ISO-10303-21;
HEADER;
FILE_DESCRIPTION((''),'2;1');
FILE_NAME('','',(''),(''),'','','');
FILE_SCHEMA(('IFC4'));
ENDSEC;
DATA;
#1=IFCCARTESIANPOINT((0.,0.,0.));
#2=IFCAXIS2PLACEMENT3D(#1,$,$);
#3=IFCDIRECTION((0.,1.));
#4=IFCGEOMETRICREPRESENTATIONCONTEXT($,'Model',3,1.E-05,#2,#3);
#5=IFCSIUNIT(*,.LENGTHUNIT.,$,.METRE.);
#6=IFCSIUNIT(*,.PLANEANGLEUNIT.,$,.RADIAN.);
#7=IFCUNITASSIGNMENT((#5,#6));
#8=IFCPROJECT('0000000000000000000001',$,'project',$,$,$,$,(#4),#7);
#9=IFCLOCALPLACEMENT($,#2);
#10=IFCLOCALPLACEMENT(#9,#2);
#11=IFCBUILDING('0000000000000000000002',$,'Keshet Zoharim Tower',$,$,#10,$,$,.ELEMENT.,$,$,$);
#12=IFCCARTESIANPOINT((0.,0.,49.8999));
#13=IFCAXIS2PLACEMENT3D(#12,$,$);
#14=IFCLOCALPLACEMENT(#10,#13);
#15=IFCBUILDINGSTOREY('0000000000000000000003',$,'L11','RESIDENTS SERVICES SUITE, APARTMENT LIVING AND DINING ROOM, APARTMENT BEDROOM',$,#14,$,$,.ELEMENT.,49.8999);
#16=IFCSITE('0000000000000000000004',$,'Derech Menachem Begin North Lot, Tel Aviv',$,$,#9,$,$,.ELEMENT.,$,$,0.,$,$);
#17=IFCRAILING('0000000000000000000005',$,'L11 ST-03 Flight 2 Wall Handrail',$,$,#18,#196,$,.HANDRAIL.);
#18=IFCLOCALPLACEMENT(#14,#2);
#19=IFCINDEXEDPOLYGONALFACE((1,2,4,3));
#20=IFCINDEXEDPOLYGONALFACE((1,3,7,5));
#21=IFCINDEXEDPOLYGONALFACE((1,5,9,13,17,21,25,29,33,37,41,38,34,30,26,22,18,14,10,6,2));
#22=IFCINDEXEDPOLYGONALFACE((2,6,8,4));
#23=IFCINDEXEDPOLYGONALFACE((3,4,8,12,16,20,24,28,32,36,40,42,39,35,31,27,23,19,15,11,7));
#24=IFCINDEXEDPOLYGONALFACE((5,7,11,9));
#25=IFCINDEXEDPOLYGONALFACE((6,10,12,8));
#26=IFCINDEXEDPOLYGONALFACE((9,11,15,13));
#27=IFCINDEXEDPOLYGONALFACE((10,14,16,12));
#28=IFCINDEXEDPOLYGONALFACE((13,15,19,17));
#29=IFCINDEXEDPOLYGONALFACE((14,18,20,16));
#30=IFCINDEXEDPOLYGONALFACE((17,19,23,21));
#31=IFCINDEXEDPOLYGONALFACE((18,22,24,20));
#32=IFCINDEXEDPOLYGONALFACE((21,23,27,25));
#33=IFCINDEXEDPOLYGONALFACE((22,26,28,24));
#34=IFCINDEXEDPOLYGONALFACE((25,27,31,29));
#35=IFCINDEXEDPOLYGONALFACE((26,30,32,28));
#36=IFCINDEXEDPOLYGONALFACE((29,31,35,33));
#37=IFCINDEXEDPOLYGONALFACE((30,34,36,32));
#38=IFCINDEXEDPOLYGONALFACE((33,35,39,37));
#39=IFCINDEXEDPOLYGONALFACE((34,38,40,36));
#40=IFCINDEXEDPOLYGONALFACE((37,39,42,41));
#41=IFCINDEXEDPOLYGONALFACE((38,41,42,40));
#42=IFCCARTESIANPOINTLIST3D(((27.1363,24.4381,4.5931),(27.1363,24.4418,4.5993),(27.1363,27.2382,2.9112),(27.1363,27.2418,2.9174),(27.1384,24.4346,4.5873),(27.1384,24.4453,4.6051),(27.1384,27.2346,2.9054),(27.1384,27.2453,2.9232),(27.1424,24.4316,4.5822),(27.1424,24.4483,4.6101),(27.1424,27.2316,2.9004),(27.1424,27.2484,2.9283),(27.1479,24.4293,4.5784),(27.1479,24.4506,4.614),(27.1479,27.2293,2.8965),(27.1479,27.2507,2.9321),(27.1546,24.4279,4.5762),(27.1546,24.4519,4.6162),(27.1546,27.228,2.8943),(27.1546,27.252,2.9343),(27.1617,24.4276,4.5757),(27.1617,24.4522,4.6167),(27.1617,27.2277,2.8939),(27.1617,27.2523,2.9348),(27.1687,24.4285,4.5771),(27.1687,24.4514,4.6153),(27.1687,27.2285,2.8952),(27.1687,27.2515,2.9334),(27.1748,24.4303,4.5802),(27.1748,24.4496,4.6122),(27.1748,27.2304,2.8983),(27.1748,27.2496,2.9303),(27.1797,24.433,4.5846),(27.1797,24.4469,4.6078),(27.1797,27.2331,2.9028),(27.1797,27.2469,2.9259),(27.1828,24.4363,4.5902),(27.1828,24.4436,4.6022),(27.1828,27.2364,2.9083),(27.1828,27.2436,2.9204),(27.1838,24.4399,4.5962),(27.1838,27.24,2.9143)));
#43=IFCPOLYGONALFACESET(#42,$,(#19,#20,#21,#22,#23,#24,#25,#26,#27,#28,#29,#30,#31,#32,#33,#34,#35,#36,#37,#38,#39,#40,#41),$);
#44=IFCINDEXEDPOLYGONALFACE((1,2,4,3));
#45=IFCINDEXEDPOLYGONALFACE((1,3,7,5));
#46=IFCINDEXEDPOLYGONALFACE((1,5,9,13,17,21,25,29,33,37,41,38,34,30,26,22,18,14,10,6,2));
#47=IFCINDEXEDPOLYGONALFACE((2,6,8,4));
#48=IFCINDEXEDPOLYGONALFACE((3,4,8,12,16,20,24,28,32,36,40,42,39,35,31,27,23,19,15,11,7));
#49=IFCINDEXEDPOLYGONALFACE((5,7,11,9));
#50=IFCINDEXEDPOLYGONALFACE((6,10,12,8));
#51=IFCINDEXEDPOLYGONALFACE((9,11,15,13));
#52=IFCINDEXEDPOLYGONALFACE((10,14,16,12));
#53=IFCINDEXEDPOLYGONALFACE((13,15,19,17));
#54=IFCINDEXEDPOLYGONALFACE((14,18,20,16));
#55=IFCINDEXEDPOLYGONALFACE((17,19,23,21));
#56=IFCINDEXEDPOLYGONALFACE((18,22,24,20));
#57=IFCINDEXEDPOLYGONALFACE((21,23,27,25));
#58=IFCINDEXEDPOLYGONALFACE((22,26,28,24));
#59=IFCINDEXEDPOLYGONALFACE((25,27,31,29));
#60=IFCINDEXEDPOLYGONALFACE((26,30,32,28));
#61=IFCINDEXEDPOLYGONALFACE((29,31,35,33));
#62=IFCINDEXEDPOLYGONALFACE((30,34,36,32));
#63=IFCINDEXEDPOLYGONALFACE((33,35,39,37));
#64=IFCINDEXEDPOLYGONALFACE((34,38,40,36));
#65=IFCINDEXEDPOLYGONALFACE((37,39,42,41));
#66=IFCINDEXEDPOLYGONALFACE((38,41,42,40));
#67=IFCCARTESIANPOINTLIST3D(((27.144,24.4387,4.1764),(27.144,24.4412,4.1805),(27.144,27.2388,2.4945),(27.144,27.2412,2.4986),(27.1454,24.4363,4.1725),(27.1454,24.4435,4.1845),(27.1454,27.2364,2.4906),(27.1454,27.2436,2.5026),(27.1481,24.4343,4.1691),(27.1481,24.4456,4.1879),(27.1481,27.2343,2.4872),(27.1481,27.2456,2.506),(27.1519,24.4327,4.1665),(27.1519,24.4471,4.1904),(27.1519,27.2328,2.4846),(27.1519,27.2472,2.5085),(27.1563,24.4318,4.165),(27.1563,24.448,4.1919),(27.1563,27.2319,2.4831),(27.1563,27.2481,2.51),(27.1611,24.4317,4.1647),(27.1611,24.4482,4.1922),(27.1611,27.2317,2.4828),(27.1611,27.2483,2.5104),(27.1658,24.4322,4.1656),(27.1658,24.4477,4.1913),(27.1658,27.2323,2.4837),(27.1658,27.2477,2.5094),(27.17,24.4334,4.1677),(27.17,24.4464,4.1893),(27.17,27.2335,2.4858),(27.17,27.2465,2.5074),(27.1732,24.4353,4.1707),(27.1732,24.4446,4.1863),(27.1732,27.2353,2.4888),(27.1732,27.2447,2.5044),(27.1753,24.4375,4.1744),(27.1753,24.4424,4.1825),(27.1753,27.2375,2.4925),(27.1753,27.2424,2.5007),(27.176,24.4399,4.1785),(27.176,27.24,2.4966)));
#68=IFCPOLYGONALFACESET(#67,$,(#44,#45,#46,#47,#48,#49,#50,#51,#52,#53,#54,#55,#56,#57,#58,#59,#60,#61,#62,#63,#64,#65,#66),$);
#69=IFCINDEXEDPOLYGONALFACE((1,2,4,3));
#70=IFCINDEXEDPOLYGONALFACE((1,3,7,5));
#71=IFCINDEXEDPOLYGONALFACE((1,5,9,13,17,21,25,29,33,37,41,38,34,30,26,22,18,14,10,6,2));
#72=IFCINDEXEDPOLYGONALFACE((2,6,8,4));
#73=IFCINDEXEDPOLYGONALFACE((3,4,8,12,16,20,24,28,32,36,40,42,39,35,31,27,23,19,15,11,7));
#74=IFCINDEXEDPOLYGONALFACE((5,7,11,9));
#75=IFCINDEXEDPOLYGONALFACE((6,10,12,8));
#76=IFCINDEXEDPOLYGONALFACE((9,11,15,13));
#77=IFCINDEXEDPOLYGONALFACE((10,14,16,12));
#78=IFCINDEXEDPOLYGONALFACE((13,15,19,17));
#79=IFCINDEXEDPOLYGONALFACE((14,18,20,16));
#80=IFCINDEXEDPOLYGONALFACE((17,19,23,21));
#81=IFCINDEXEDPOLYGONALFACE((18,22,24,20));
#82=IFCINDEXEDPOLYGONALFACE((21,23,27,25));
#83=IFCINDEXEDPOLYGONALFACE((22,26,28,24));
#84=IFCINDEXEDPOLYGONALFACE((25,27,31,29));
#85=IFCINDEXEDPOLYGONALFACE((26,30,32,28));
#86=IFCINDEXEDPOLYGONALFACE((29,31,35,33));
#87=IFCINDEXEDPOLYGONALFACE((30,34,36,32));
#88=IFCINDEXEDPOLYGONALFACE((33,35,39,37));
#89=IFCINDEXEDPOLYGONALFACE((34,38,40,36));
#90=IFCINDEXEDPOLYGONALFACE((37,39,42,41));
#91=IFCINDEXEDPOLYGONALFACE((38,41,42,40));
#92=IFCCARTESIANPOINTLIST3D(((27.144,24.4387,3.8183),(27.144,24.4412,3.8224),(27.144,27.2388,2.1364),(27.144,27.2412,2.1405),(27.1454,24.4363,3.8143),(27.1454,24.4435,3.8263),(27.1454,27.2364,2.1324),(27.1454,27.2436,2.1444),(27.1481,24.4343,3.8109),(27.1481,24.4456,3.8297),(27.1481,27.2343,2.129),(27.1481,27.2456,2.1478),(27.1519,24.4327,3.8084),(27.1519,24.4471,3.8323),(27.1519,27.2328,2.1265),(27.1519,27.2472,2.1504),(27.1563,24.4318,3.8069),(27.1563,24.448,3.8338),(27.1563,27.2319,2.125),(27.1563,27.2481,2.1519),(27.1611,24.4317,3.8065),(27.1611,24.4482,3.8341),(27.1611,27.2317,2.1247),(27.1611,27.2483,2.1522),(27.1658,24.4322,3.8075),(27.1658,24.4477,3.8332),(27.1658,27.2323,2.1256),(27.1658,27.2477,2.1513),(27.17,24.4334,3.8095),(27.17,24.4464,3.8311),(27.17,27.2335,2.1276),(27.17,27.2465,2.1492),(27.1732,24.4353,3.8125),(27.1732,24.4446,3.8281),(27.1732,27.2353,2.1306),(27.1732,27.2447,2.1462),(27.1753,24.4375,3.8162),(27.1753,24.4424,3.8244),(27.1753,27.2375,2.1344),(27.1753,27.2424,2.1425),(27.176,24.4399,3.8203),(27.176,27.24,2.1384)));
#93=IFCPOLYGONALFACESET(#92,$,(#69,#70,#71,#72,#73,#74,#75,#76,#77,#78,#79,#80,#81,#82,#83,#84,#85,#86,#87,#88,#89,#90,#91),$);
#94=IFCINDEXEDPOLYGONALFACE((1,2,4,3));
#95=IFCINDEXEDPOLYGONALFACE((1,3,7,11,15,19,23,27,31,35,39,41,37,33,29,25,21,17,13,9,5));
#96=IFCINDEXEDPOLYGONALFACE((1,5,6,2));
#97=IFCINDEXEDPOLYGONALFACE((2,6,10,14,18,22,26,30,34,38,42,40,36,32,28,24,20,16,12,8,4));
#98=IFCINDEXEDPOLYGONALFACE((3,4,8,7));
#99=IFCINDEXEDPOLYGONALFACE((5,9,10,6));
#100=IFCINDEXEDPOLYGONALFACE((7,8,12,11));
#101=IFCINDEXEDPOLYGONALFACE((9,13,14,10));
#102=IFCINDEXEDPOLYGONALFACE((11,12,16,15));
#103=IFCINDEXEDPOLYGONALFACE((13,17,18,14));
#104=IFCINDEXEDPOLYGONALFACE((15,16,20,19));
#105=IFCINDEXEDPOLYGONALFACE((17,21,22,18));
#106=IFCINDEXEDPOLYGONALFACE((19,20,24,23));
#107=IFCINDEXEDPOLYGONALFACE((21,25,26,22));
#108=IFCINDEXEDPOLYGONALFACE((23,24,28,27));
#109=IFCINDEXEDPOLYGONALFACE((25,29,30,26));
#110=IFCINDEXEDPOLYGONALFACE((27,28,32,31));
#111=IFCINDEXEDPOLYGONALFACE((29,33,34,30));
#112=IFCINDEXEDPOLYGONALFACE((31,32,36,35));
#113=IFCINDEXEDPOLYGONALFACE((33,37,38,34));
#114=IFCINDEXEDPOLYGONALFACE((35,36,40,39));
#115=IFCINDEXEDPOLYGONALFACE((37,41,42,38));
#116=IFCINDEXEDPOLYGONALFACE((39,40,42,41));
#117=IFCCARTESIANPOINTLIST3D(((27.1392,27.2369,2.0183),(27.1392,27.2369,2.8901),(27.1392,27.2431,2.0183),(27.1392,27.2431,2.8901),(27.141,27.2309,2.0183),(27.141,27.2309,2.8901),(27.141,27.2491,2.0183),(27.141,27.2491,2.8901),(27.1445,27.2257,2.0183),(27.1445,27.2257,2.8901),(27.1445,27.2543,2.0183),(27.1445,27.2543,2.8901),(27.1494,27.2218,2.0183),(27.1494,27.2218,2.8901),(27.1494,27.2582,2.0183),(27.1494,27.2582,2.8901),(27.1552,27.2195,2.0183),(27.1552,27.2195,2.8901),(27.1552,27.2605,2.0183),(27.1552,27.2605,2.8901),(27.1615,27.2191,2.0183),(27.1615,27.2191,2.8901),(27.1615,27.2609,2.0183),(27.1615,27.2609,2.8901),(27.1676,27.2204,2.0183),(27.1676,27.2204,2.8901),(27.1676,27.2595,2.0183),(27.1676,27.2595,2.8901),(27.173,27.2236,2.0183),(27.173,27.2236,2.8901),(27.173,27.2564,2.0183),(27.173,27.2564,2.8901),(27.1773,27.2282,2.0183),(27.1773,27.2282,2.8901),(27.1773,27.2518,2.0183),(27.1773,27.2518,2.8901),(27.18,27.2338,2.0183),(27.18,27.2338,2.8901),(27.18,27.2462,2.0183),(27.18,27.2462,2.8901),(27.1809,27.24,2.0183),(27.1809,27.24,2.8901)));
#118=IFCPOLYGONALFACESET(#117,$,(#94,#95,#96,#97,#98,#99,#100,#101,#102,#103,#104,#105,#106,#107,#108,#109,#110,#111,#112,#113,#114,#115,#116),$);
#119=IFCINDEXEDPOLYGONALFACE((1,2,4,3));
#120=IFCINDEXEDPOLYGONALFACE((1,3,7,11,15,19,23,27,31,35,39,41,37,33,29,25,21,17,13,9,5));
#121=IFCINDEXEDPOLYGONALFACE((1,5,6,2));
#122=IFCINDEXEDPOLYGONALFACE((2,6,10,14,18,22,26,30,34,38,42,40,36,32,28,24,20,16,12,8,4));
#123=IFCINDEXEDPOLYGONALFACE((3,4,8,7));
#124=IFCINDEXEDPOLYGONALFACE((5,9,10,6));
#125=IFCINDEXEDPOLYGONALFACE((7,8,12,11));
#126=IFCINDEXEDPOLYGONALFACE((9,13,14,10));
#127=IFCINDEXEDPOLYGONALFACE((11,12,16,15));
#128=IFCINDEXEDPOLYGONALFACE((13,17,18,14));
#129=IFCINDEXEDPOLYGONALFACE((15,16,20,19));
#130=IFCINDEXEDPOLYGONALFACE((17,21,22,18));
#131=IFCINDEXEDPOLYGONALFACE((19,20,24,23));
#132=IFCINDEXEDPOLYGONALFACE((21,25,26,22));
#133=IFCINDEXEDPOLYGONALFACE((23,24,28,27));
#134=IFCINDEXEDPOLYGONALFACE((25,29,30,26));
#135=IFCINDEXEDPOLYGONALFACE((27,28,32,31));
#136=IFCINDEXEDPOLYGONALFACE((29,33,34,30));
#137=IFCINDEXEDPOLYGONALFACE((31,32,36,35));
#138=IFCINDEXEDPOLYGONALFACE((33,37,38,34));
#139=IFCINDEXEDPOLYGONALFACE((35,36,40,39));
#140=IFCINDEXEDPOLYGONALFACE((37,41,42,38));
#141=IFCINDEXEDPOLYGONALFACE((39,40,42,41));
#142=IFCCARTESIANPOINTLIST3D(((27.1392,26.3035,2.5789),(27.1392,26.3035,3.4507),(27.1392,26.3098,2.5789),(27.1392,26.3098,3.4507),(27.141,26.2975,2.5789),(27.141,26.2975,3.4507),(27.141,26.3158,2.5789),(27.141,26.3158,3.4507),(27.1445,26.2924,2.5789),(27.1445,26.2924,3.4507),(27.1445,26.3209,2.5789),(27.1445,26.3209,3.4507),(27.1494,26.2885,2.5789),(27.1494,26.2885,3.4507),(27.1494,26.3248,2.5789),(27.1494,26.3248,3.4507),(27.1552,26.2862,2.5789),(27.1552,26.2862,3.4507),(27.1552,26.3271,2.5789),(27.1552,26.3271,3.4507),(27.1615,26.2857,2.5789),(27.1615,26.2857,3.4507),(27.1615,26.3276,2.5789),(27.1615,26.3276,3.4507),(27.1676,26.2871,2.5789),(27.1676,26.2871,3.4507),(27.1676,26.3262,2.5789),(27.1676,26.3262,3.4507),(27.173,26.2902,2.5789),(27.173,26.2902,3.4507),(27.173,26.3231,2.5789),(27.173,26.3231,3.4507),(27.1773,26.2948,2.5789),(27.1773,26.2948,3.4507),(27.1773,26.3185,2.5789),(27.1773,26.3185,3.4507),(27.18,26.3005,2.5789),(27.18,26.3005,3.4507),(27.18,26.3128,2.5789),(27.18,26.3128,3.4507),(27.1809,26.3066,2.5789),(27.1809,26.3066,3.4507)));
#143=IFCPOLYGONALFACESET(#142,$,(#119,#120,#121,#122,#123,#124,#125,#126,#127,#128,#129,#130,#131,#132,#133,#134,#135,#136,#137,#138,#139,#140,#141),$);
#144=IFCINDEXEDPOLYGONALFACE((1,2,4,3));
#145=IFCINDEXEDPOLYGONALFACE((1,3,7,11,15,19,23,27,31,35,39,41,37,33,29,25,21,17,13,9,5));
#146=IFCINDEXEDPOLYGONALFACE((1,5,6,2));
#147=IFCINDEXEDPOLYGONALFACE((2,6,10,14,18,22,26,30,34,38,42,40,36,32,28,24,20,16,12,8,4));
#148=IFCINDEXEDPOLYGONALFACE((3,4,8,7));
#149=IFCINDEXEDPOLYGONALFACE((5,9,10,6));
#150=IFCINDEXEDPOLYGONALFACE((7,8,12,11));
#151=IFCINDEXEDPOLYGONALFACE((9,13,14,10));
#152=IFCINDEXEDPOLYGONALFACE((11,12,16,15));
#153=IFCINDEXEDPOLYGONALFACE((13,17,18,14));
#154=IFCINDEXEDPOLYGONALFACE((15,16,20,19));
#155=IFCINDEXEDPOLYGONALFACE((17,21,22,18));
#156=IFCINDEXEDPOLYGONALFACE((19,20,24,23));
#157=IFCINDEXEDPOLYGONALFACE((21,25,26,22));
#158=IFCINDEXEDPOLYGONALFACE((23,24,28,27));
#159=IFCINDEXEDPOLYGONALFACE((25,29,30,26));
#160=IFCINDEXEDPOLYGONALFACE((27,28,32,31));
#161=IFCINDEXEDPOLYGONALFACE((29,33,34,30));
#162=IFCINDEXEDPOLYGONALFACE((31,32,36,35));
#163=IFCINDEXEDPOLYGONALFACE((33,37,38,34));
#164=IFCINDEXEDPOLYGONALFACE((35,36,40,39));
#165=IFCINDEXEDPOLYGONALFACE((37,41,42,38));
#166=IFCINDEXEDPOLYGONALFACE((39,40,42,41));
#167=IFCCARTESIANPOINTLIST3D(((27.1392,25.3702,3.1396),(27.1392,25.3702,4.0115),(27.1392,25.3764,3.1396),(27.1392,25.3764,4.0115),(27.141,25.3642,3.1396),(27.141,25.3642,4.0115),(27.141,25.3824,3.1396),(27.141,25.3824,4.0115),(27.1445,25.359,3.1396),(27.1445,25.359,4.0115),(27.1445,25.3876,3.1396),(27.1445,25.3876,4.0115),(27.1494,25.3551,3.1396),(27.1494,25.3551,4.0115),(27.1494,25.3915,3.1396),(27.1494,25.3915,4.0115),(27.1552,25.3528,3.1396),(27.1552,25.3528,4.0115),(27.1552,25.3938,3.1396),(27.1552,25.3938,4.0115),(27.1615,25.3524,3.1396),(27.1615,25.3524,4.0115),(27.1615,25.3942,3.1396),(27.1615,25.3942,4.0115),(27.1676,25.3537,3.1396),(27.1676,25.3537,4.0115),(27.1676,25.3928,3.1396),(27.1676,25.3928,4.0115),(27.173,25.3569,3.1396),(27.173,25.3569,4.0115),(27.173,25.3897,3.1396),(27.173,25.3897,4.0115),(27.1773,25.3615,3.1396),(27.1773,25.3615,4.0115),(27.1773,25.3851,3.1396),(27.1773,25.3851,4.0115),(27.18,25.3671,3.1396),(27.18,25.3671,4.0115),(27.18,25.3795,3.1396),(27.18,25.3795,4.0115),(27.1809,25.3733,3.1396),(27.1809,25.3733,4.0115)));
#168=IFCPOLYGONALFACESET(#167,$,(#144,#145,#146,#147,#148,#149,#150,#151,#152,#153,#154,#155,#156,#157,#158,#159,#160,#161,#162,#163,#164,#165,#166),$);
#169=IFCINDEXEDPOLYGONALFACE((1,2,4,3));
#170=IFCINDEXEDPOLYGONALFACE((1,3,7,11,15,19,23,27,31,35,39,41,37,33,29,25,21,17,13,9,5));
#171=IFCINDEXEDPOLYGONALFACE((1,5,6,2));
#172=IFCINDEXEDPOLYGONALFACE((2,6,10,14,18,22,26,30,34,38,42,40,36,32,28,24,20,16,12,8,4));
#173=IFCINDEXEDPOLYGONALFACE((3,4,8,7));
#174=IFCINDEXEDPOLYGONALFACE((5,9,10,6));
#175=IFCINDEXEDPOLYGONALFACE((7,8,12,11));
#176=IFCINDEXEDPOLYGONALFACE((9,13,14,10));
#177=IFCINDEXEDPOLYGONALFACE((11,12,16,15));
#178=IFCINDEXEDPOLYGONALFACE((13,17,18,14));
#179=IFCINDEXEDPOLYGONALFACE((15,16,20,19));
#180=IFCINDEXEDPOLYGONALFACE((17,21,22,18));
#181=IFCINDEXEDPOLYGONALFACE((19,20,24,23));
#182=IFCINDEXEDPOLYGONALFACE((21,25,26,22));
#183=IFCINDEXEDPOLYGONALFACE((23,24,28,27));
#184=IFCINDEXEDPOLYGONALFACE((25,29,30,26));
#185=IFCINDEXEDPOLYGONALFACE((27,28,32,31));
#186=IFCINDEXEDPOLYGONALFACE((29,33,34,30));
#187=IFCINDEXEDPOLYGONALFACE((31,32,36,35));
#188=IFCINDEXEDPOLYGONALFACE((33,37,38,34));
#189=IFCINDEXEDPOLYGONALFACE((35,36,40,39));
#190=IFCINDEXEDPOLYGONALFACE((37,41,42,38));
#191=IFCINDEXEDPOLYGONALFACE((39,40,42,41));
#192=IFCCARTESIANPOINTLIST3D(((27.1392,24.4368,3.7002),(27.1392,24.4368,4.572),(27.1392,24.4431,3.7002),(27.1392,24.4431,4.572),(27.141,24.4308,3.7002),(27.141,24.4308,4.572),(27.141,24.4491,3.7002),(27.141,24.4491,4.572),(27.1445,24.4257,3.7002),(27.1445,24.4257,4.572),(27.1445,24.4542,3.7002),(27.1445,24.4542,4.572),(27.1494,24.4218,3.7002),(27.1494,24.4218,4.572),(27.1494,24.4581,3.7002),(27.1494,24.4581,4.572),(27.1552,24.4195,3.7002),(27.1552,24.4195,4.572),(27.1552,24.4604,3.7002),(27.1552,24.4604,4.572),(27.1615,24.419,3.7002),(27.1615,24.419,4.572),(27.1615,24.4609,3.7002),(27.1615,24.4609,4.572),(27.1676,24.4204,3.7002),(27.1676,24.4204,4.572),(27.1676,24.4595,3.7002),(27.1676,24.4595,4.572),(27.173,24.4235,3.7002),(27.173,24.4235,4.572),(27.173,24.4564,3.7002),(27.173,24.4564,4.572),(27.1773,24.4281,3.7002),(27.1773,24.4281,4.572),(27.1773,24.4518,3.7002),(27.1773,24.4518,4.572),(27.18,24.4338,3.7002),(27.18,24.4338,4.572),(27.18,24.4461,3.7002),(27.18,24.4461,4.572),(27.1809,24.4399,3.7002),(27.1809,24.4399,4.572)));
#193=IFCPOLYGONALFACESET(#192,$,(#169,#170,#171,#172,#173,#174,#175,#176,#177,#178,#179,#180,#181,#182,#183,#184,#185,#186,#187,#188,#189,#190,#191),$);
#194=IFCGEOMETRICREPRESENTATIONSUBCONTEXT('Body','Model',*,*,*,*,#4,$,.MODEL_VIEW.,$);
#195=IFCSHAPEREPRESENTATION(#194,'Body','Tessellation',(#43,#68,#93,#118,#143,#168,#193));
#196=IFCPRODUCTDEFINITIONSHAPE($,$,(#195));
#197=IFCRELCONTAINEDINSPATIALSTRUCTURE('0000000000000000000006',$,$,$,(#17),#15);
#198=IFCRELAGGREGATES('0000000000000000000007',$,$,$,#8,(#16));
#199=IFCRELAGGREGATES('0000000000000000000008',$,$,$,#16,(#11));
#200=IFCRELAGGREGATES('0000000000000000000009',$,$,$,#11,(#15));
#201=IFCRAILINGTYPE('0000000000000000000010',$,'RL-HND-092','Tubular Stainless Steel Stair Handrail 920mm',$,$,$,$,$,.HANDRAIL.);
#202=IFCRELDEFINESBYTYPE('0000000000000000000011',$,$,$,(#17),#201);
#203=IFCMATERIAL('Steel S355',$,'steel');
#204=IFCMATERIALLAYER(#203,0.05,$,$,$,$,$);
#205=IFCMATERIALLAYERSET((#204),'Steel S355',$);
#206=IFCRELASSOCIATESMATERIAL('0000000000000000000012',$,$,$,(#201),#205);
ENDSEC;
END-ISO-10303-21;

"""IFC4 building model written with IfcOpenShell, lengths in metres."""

from ifc_helpers import new_model, si_unit, direction, frame, origin, origin_2d, place, context, subcontext, project, spatial, circle, extrude, material, layer, layer_set, type_object, element, save


model = new_model("IFC4")

# Units and contexts
model_context = context("Model", 3, precision=1e-05, world=origin(), true_north=direction((0.0, 1.0)))
body_context = subcontext(model_context, "Body", "Model", "MODEL_VIEW")
ifc_project = project(units=[si_unit("LENGTHUNIT", "METRE"), si_unit("PLANEANGLEUNIT", "RADIAN")], contexts=[model_context])

# Site, building, storey
site_placement = place(None, origin())
site = spatial("IfcSite", under=ifc_project, at=site_placement, Name="Derech Menachem Begin North Lot, Tel Aviv", CompositionType="ELEMENT", RefElevation=0.0)
building_placement = place(site_placement, origin())
building = spatial("IfcBuilding", under=site, at=building_placement, Name="Keshet Zoharim Tower", CompositionType="ELEMENT")
storey_placement = place(building_placement, frame((0.0, 0.0, 49.8999)))
storey = spatial("IfcBuildingStorey", under=building, at=storey_placement, Name="L11", Description="RESIDENTS SERVICES SUITE, APARTMENT LIVING AND DINING ROOM, APARTMENT BEDROOM", CompositionType="ELEMENT", Elevation=49.8999)

# Shared definitions
ifc_material_1 = material(Name="Steel S355", Category="steel")

# Railing
ifc_layer_1 = layer(ifc_material_1, 0.05)
ifc_layer_set_1 = layer_set([ifc_layer_1], Name="Steel S355")
railing_type = type_object("IfcRailingType", Name="RL-HND-092", Description="Tubular Stainless Steel Stair Handrail 920mm", PredefinedType="HANDRAIL", material=ifc_layer_set_1)
railing_placement = place(storey_placement, frame((27.1599, 27.24, 2.0183)))
element("IfcRailing", 1, at=railing_placement, inside=storey, type_object=railing_type, Name="L11 ST-03 Flight 2 Wall Handrail", PredefinedType="HANDRAIL", context=body_context, shape_type="SweptSolid", body=[
    extrude(circle(Radius=0.0239, at=origin_2d()), frame((0.0, 0.0, 0.896), z_axis=(0.0, -0.857242, 0.514913), x_axis=(1.0, 0.0, 0.0)), (0.0, 0.0, 1.0), 3.2664),
    extrude(circle(Radius=0.0161, at=origin_2d()), frame((0.0, 0.0, 0.4783), z_axis=(0.0, -0.857242, 0.514913), x_axis=(1.0, 0.0, 0.0)), (0.0, 0.0, 1.0), 3.2664),
    extrude(circle(Radius=0.0161, at=origin_2d()), frame((0.0, 0.0, 0.1201), z_axis=(0.0, -0.857242, 0.514913), x_axis=(1.0, 0.0, 0.0)), (0.0, 0.0, 1.0), 3.2664),
    extrude(circle(Radius=0.021, at=origin_2d()), origin(), (0.0, 0.0, 1.0), 0.8718),
    extrude(circle(Radius=0.021, at=origin_2d()), frame((0.0, -0.9333, 0.5605)), (0.0, 0.0, 1.0), 0.8718),
    extrude(circle(Radius=0.021, at=origin_2d()), frame((0.0, -1.8667, 1.1213)), (0.0, 0.0, 1.0), 0.8718),
    extrude(circle(Radius=0.021, at=origin_2d()), frame((0.0, -2.8, 1.6819)), (0.0, 0.0, 1.0), 0.8718),
])

save(model, "model.ifc")
